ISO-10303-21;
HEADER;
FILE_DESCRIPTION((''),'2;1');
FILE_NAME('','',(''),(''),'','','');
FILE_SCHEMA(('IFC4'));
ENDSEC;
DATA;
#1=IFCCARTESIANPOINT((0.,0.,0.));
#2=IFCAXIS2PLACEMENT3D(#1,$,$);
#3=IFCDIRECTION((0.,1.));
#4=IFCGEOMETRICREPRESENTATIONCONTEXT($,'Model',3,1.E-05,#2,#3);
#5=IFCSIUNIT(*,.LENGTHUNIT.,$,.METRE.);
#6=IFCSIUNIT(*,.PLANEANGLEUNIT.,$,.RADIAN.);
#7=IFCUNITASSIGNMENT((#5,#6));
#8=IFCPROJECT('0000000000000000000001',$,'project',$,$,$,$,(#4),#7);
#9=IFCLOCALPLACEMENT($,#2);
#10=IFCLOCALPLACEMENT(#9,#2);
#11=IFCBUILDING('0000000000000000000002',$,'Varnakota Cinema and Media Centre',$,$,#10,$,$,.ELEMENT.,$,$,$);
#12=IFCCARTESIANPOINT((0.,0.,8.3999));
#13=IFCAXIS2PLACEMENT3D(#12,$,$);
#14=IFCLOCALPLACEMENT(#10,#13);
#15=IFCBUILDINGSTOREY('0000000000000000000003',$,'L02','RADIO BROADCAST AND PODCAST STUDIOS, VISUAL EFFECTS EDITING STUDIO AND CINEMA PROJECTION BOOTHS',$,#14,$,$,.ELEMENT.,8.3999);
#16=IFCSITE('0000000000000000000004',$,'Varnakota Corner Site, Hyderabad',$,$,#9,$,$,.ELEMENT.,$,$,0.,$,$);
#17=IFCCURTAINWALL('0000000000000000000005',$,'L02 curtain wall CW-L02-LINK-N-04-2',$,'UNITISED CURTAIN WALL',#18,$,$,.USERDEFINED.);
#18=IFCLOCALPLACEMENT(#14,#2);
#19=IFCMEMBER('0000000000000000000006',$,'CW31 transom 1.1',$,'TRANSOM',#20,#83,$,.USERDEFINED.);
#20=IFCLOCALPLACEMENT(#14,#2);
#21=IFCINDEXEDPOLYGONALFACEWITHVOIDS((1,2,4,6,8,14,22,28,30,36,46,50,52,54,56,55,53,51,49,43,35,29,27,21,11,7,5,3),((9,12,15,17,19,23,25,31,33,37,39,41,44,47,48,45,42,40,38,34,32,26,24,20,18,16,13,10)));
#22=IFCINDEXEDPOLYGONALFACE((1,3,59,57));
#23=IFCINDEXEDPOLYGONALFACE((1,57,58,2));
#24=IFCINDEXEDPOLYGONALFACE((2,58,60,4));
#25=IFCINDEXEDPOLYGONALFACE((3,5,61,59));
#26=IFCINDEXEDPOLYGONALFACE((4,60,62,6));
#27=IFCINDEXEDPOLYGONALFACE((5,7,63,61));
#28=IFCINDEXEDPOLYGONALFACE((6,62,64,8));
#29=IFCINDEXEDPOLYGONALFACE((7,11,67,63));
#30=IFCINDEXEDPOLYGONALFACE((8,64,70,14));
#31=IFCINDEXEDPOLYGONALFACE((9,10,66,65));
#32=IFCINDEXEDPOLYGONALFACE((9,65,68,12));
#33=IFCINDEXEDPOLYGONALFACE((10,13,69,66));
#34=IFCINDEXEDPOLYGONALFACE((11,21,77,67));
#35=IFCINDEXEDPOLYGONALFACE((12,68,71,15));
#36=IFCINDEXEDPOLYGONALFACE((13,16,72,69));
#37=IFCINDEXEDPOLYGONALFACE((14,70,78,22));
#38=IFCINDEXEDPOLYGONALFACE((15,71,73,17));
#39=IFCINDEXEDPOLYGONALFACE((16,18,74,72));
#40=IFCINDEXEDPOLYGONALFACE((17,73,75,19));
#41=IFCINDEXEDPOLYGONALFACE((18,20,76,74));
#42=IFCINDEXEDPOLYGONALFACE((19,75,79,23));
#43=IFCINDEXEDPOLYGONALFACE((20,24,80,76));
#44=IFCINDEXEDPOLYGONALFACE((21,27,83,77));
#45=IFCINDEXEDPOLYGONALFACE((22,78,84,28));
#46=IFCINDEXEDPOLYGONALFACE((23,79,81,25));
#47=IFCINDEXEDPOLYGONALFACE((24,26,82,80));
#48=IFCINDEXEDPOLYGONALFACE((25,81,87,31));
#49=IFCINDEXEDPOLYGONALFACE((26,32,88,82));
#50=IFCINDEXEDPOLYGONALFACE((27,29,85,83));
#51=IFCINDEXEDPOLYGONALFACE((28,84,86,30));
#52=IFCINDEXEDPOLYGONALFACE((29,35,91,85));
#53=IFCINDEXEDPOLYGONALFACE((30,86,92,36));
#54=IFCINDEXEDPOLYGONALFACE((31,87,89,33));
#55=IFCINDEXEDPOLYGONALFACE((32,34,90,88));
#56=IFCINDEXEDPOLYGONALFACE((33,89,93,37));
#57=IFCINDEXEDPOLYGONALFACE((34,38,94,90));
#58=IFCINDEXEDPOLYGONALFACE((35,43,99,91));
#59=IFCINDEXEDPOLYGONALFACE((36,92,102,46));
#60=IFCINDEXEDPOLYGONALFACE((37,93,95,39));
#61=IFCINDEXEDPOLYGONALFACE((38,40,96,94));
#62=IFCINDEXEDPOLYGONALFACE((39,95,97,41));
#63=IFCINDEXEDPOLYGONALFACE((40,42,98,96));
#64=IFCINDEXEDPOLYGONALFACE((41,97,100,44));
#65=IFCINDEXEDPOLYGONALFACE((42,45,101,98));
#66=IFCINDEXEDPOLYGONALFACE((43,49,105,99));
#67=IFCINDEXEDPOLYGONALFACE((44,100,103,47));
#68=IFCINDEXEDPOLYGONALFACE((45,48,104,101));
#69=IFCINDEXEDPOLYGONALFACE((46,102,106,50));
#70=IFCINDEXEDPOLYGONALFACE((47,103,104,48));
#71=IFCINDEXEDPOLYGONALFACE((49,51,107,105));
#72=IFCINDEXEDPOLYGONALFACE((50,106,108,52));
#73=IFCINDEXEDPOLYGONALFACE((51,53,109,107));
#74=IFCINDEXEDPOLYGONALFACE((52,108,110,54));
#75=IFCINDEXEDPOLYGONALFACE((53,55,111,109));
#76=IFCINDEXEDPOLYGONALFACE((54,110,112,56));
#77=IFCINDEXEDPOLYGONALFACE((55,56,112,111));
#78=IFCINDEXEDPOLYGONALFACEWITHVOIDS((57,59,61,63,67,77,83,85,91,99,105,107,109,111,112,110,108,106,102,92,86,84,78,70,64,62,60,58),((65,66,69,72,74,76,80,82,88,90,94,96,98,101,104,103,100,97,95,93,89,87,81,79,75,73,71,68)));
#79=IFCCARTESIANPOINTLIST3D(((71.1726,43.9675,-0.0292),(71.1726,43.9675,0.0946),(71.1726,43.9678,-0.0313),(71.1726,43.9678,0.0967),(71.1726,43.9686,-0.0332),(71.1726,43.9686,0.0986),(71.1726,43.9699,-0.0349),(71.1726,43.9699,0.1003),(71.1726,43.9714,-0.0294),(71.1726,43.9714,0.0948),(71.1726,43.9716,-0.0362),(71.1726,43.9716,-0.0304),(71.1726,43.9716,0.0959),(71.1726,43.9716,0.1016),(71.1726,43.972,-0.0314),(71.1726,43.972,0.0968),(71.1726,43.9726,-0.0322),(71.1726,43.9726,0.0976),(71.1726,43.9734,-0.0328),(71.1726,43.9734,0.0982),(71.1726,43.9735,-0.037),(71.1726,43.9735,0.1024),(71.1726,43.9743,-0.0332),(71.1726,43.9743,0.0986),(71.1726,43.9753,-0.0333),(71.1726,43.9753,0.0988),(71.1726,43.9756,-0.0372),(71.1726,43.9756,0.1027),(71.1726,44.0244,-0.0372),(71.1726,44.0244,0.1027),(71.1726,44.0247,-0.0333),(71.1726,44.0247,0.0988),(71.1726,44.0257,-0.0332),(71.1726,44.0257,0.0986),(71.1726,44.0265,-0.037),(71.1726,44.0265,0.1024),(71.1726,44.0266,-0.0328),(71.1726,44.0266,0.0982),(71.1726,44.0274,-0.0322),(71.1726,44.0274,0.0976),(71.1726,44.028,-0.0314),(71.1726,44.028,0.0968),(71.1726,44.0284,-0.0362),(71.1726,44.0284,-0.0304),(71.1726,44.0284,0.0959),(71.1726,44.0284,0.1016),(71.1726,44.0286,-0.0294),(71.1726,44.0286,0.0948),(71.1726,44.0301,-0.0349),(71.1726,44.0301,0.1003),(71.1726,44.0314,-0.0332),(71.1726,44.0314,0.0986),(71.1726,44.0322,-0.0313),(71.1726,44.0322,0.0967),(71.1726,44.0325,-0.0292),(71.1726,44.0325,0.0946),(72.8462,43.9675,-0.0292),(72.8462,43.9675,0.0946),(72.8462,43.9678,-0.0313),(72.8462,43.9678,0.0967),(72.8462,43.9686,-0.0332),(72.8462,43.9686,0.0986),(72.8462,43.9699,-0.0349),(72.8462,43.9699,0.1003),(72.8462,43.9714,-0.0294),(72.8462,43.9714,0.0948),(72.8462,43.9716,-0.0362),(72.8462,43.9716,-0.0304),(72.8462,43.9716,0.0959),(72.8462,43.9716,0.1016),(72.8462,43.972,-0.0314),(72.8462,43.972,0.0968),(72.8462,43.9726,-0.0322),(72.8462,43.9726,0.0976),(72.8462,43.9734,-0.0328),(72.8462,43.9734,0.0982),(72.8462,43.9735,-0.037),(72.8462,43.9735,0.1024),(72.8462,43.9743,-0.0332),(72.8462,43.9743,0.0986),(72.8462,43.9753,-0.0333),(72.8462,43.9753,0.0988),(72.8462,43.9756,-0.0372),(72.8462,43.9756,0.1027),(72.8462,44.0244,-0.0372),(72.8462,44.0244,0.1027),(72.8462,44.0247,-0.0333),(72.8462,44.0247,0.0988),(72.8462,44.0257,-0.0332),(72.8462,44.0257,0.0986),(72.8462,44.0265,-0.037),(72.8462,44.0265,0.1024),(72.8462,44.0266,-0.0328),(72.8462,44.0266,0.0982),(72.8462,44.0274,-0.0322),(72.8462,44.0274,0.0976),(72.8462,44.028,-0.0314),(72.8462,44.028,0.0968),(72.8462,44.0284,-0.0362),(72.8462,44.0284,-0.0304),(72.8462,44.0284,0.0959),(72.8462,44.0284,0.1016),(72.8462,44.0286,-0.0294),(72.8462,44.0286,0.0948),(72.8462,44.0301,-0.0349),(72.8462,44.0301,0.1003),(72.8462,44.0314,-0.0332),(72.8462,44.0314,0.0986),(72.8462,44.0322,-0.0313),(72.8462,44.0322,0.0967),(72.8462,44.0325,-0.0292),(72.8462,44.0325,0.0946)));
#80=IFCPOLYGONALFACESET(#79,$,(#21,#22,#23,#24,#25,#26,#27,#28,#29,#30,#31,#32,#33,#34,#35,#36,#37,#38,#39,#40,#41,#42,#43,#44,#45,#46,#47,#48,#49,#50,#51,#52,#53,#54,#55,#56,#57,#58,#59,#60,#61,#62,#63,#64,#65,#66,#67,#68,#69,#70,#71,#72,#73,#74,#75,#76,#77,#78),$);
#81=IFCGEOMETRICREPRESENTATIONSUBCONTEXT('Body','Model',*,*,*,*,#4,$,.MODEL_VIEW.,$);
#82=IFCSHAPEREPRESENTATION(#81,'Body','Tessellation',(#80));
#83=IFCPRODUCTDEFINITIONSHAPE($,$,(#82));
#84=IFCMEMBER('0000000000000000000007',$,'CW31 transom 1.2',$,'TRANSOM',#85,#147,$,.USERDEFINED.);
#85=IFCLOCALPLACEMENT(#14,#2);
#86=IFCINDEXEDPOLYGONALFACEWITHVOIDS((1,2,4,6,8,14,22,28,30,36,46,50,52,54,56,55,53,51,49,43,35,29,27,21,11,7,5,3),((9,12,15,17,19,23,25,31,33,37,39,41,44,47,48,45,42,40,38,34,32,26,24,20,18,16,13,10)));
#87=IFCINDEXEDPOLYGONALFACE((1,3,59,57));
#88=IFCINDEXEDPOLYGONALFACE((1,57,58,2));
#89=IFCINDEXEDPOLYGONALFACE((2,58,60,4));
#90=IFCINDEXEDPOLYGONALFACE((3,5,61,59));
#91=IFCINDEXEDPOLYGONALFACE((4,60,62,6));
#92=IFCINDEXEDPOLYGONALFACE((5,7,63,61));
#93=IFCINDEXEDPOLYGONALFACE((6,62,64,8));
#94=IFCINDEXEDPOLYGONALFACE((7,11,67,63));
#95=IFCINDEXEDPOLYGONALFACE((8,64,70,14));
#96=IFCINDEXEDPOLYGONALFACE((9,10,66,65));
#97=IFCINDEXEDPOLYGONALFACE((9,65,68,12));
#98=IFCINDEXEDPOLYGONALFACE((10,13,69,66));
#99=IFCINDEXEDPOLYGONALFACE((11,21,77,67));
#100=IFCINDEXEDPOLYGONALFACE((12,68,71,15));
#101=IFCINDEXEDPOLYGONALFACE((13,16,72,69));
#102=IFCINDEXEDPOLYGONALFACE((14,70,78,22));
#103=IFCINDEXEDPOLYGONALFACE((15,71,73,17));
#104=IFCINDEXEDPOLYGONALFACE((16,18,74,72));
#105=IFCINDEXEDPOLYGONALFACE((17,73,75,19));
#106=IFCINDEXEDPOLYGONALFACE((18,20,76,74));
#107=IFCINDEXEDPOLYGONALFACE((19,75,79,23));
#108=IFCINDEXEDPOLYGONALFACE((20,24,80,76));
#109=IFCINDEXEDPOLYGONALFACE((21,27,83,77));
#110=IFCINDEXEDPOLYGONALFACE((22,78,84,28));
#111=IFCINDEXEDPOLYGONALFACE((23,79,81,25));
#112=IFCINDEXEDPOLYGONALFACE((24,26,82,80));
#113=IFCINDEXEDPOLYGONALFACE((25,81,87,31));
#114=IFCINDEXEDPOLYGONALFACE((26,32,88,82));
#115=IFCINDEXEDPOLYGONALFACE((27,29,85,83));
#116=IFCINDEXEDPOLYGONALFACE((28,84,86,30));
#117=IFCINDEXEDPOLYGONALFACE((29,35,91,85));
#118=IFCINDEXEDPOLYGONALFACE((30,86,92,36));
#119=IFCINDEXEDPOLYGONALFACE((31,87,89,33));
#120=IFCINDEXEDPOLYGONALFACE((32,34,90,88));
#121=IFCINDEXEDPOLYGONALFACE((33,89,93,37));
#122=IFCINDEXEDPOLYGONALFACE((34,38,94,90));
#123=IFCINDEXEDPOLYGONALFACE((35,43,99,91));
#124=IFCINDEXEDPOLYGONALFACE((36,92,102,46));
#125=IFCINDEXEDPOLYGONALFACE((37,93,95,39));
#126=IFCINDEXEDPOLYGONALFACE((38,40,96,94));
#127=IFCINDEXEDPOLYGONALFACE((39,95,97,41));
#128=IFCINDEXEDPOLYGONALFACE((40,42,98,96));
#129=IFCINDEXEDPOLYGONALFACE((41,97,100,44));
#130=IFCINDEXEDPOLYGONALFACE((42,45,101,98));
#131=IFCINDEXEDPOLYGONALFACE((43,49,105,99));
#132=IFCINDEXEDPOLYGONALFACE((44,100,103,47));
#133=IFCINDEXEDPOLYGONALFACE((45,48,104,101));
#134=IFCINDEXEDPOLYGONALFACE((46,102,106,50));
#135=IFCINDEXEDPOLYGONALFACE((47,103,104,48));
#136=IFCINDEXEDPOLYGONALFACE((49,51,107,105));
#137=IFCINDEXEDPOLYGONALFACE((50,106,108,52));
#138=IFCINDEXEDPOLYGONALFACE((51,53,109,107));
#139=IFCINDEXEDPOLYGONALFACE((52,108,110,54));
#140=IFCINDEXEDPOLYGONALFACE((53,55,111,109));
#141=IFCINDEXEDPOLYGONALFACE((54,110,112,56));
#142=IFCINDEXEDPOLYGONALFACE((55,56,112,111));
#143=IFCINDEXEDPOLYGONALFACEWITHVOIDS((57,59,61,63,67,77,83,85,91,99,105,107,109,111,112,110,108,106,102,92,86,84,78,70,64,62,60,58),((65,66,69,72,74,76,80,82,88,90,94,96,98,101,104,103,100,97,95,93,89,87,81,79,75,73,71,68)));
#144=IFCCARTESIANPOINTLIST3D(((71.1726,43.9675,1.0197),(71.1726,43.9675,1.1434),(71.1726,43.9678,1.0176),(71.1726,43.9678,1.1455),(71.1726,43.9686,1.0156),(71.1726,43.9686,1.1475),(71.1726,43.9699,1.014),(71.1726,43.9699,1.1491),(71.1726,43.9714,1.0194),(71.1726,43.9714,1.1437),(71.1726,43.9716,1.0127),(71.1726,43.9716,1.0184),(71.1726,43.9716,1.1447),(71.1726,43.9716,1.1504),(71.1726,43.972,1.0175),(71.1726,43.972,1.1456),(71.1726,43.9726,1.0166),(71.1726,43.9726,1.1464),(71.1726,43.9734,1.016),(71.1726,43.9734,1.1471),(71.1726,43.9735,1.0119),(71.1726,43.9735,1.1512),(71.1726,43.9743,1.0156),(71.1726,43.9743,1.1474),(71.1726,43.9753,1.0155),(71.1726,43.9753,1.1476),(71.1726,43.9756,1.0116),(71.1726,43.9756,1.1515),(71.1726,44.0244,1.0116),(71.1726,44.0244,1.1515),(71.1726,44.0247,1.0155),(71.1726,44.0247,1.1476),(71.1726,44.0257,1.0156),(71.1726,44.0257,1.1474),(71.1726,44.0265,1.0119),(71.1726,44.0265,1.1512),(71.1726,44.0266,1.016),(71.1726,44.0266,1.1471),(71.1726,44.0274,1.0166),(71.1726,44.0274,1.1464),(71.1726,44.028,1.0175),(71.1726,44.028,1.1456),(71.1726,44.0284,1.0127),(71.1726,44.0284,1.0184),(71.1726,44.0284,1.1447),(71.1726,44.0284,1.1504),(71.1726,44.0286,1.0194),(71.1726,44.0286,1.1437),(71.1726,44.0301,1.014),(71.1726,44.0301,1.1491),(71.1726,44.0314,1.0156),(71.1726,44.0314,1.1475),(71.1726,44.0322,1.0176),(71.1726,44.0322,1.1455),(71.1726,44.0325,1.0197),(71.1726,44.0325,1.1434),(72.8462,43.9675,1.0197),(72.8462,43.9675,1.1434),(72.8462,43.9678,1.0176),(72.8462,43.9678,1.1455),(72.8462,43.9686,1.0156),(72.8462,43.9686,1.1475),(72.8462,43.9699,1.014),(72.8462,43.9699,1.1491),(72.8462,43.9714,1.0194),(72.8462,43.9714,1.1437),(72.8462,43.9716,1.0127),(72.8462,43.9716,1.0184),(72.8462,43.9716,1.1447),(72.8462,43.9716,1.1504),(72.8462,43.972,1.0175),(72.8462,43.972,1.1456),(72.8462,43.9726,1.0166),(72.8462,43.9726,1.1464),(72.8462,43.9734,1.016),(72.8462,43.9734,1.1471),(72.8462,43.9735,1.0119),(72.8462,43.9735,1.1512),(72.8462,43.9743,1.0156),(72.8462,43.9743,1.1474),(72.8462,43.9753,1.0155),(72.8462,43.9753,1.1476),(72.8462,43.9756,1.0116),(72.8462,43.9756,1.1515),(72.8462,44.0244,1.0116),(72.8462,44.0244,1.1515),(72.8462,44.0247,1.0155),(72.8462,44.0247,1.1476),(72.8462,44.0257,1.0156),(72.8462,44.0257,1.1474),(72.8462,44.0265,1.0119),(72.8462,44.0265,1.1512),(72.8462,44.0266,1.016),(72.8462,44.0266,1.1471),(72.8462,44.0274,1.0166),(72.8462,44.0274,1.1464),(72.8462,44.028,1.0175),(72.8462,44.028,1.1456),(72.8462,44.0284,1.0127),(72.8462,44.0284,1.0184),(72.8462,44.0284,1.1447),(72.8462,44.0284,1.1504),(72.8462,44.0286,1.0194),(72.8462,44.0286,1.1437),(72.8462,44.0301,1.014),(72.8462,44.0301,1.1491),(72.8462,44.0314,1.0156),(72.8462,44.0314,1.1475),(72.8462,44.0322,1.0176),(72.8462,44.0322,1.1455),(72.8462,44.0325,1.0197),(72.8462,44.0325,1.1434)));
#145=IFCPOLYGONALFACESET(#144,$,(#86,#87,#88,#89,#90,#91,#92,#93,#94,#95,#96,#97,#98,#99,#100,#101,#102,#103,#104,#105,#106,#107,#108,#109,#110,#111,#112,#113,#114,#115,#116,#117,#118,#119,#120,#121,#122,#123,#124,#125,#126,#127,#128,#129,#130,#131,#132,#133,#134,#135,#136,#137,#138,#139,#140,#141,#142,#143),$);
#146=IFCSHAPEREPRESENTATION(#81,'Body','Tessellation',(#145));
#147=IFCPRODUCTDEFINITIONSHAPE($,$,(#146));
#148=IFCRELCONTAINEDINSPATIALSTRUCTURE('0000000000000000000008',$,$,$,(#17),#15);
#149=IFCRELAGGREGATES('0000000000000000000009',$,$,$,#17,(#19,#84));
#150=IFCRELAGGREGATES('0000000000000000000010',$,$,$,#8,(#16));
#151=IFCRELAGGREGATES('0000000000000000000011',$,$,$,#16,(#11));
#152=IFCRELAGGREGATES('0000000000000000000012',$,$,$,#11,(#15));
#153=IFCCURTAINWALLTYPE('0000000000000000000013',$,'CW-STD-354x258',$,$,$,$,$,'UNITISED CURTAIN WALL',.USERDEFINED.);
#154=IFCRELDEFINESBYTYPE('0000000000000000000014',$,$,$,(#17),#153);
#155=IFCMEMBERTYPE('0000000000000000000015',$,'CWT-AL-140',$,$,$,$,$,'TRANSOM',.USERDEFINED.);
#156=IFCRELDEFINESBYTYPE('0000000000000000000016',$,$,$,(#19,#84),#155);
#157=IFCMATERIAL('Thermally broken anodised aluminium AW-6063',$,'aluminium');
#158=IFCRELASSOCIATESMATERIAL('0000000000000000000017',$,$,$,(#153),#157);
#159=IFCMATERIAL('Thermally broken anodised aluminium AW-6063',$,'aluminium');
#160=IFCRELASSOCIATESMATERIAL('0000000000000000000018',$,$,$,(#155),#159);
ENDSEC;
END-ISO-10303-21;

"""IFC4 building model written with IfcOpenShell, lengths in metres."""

from ifc_helpers import new_model, si_unit, direction, frame, origin, origin_2d, place, context, subcontext, project, spatial, hollow_rectangle, extrude, material, material_profile, profile_set, type_object, element, aggregate, save


model = new_model("IFC4")

# Units and contexts
model_context = context("Model", 3, precision=1e-05, world=origin(), true_north=direction((0.0, 1.0)))
body_context = subcontext(model_context, "Body", "Model", "MODEL_VIEW")
ifc_project = project(units=[si_unit("LENGTHUNIT", "METRE"), si_unit("PLANEANGLEUNIT", "RADIAN")], contexts=[model_context])

# Site, building, storey
site_placement = place(None, origin())
site = spatial("IfcSite", under=ifc_project, at=site_placement, Name="Varnakota Corner Site, Hyderabad", CompositionType="ELEMENT", RefElevation=0.0)
building_placement = place(site_placement, origin())
building = spatial("IfcBuilding", under=site, at=building_placement, Name="Varnakota Cinema and Media Centre", CompositionType="ELEMENT")
storey_placement = place(building_placement, frame((0.0, 0.0, 8.3999)))
storey = spatial("IfcBuildingStorey", under=building, at=storey_placement, Name="L02", Description="RADIO BROADCAST AND PODCAST STUDIOS, VISUAL EFFECTS EDITING STUDIO AND CINEMA PROJECTION BOOTHS", CompositionType="ELEMENT", Elevation=8.3999)

# Shared definitions
ifc_material_1 = material(Name="Thermally broken anodised aluminium AW-6063", Category="aluminium")
curtain_wall_type_1 = type_object("IfcCurtainWallType", Name="CW-STD-354x258", ElementType="UNITISED CURTAIN WALL", PredefinedType="USERDEFINED", material=ifc_material_1)

# Curtain wall
curtain_wall_1_placement = place(storey_placement, origin())
curtain_wall_1 = element("IfcCurtainWall", 1, at=curtain_wall_1_placement, inside=storey, type_object=curtain_wall_type_1, Name="L02 curtain wall CW-L02-LINK-N-04-2", ObjectType="UNITISED CURTAIN WALL", PredefinedType="USERDEFINED")

# Members
ifc_material_2 = material(Name="Thermally broken anodised aluminium AW-6063", Category="aluminium")
ifc_material_profile_1 = material_profile(ifc_material_2, hollow_rectangle(XDim=0.0649, YDim=0.1399, WallThickness=0.0039, InnerFilletRadius=0.0039, OuterFilletRadius=0.0081, at=origin_2d()), Name="AL-TRANSOM 140x65x4")
ifc_profile_set_1 = profile_set([ifc_material_profile_1], Name="Thermally broken anodised aluminium AW-6063")
member_type_1 = type_object("IfcMemberType", Name="CWT-AL-140", ElementType="TRANSOM", PredefinedType="USERDEFINED", material=ifc_profile_set_1)
member_1_placement = place(storey_placement, frame((71.1726, 44.0, 0.0327), z_axis=(1.0, 0.0, 0.0), x_axis=(0.0, 1.0, 0.0)))
member_1 = element("IfcMember", 2, at=member_1_placement, type_object=member_type_1, Name="CW31 transom 1.1", ObjectType="TRANSOM", PredefinedType="USERDEFINED", context=body_context, shape_type="SweptSolid", body=[
    extrude(hollow_rectangle(XDim=0.0649, YDim=0.1399, WallThickness=0.0039, InnerFilletRadius=0.0039, OuterFilletRadius=0.0081, at=origin_2d()), origin(), (0.0, 0.0, 1.0), 1.6736),
])
member_2_placement = place(storey_placement, frame((71.1726, 44.0, 1.0815), z_axis=(1.0, 0.0, 0.0), x_axis=(0.0, 1.0, 0.0)))
member_2 = element("IfcMember", 3, at=member_2_placement, type_object=member_type_1, Name="CW31 transom 1.2", ObjectType="TRANSOM", PredefinedType="USERDEFINED", context=body_context, shape_type="SweptSolid", body=[
    extrude(hollow_rectangle(XDim=0.0649, YDim=0.1399, WallThickness=0.0039, InnerFilletRadius=0.0039, OuterFilletRadius=0.0081, at=origin_2d()), origin(), (0.0, 0.0, 1.0), 1.6736),
])

aggregate(curtain_wall_1, [member_1, member_2])

save(model, "model.ifc")
